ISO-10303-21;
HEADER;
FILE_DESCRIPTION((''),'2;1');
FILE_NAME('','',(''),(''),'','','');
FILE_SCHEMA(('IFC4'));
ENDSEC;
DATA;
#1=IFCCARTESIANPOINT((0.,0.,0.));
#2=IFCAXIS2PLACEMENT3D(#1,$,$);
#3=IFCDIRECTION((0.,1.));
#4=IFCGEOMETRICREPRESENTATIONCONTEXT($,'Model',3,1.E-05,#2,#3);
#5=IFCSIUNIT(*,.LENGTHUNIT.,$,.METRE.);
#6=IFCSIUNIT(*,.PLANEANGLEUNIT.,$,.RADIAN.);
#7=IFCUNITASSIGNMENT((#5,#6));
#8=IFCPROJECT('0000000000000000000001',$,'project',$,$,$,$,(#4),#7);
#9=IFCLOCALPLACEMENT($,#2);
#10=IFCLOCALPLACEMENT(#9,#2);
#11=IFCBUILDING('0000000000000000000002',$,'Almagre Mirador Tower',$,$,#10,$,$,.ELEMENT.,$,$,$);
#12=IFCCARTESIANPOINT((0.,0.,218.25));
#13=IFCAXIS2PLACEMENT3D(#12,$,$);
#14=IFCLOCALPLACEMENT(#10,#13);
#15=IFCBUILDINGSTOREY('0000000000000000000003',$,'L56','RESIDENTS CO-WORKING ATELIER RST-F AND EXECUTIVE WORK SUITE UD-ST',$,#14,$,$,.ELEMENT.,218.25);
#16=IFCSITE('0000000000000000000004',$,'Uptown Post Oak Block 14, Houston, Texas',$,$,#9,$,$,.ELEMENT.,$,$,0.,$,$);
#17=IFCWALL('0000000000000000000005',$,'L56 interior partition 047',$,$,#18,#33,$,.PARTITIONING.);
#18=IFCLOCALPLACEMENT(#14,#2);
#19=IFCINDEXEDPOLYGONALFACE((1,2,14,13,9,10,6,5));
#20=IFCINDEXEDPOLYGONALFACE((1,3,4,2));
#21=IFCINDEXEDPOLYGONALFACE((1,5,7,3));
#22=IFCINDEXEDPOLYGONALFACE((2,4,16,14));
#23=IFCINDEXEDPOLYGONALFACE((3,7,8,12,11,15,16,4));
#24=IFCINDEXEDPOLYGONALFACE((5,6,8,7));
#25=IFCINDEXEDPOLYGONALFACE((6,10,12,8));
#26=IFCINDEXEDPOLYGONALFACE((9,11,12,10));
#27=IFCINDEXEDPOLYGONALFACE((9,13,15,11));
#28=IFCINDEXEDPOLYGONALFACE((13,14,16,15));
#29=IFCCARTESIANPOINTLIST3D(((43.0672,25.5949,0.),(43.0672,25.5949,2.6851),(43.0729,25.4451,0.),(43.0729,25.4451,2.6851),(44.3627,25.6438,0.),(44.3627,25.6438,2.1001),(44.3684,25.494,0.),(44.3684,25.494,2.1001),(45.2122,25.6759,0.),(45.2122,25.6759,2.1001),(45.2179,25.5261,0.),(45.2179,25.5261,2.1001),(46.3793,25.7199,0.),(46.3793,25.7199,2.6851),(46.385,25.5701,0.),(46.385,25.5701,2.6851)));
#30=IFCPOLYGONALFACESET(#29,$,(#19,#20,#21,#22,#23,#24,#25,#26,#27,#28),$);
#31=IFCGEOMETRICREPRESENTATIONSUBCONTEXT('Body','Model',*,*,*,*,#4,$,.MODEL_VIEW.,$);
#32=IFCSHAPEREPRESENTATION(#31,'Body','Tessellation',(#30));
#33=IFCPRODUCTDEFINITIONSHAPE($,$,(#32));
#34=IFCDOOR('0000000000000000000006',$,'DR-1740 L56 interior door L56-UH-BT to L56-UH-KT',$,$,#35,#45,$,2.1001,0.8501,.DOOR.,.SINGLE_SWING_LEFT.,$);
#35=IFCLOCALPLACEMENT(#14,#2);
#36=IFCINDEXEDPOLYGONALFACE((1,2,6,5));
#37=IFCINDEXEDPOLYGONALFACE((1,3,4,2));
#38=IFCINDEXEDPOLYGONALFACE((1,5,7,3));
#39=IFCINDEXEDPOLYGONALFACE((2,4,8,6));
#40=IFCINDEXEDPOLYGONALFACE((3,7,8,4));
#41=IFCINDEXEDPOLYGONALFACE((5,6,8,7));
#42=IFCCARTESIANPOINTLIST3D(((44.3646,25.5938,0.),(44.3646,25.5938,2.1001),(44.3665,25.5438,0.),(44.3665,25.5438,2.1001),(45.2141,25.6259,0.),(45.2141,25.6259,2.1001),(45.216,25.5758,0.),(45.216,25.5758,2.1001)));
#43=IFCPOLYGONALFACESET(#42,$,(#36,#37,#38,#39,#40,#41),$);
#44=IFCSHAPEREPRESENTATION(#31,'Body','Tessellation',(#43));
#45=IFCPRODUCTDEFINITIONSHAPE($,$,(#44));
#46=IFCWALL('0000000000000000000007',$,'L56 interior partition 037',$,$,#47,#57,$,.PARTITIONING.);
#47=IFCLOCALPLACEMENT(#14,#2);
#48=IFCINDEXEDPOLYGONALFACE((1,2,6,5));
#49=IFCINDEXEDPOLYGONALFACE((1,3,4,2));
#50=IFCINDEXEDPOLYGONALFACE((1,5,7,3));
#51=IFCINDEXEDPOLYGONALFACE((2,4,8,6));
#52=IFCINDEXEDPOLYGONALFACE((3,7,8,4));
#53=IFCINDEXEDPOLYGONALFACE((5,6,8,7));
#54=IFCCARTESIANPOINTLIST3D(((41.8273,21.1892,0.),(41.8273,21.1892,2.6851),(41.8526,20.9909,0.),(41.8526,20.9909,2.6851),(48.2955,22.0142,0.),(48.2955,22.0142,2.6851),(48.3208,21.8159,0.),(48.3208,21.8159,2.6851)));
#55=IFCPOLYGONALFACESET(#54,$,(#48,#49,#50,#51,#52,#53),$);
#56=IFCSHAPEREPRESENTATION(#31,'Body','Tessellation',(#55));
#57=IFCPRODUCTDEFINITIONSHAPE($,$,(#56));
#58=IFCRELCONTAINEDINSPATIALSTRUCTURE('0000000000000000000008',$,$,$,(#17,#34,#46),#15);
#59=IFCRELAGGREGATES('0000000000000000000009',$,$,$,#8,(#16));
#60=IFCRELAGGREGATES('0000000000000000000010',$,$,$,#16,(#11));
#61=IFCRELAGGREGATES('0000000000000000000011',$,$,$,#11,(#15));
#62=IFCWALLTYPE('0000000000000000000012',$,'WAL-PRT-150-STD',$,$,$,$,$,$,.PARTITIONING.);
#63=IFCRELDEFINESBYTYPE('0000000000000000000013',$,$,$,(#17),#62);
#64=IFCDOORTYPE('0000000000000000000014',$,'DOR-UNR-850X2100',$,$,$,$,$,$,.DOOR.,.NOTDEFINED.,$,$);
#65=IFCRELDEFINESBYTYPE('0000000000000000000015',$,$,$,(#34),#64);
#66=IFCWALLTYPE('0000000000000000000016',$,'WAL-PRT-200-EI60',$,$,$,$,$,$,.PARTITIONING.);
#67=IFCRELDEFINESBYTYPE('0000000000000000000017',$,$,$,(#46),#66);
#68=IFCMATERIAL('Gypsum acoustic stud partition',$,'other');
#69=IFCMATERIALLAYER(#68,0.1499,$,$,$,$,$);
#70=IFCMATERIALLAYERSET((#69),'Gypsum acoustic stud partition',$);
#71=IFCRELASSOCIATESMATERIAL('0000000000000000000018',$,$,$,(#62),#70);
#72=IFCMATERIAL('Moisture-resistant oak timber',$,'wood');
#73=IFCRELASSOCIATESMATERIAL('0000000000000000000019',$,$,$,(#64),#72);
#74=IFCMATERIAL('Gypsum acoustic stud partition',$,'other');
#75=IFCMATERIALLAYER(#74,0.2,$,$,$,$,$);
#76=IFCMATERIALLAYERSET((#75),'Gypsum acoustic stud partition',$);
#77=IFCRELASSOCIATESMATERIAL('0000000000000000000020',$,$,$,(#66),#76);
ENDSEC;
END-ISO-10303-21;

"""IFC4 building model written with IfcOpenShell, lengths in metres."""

from ifc_helpers import new_model, si_unit, direction, frame, frame_2d, origin, place, context, subcontext, project, spatial, rectangle, extrude, material, layer, layer_set, type_object, element, fill, save


model = new_model("IFC4")

# Units and contexts
model_context = context("Model", 3, precision=1e-05, world=origin(), true_north=direction((0.0, 1.0)))
body_context = subcontext(model_context, "Body", "Model", "MODEL_VIEW")
ifc_project = project(units=[si_unit("LENGTHUNIT", "METRE"), si_unit("PLANEANGLEUNIT", "RADIAN")], contexts=[model_context])

# Site, building, storey
site_placement = place(None, origin())
site = spatial("IfcSite", under=ifc_project, at=site_placement, Name="Uptown Post Oak Block 14, Houston, Texas", CompositionType="ELEMENT", RefElevation=0.0)
building_placement = place(site_placement, origin())
building = spatial("IfcBuilding", under=site, at=building_placement, Name="Almagre Mirador Tower", CompositionType="ELEMENT")
storey_placement = place(building_placement, frame((0.0, 0.0, 218.25)))
storey = spatial("IfcBuildingStorey", under=building, at=storey_placement, Name="L56", Description="RESIDENTS CO-WORKING ATELIER RST-F AND EXECUTIVE WORK SUITE UD-ST", CompositionType="ELEMENT", Elevation=218.25)

# Wall, opening, door
ifc_material_1 = material(Name="Gypsum acoustic stud partition", Category="other")
ifc_layer_1 = layer(ifc_material_1, 0.1499)
ifc_layer_set_1 = layer_set([ifc_layer_1], Name="Gypsum acoustic stud partition")
wall_type_1 = type_object("IfcWallType", Name="WAL-PRT-150-STD", PredefinedType="PARTITIONING", material=ifc_layer_set_1)
wall_1_placement = place(storey_placement, frame((43.0701, 25.52, 0.0), z_axis=(0.0, 0.0, 1.0), x_axis=(0.999289, 0.037715, 0.0)))
wall_1 = element("IfcWall", 1, at=wall_1_placement, inside=storey, type_object=wall_type_1, Name="L56 interior partition 047", PredefinedType="PARTITIONING", context=body_context, shape_type="SweptSolid", body=[
    extrude(rectangle(XDim=3.3145, YDim=0.1499, at=frame_2d((1.6572, 0.0))), origin(), (0.0, 0.0, 1.0), 2.6851),
])
opening_1_placement = place(wall_1_placement, frame((1.2964, 0.0, 0.0)))
opening_1 = element("IfcOpeningElement", 2, at=opening_1_placement, cuts=wall_1, PredefinedType="OPENING", context=body_context, shape_type="SweptSolid", body=[
    extrude(rectangle(XDim=0.8501, YDim=2.1001, at=frame_2d((0.425, 1.05))), frame((0.0, 0.085, 0.0), z_axis=(0.0, -1.0, 0.0), x_axis=(1.0, 0.0, 0.0)), (0.0, 0.0, 1.0), 0.1699),
])
ifc_material_2 = material(Name="Moisture-resistant oak timber", Category="wood")
door_type = type_object("IfcDoorType", Name="DOR-UNR-850X2100", OperationType="NOTDEFINED", PredefinedType="DOOR", material=ifc_material_2)
door_placement = place(opening_1_placement, origin())
door = element("IfcDoor", 3, at=door_placement, inside=storey, type_object=door_type, Name="DR-1740 L56 interior door L56-UH-BT to L56-UH-KT", OperationType="SINGLE_SWING_LEFT", OverallHeight=2.1001, OverallWidth=0.8501, PredefinedType="DOOR", context=body_context, shape_type="SweptSolid", body=[
    extrude(rectangle(XDim=0.8501, YDim=2.1001, at=frame_2d((0.425, 1.05))), frame((0.0, 0.0249, 0.0), z_axis=(0.0, -1.0, 0.0), x_axis=(1.0, 0.0, 0.0)), (0.0, 0.0, 1.0), 0.05),
])
fill(opening_1, door)

# Wall
ifc_material_3 = material(Name="Gypsum acoustic stud partition", Category="other")
ifc_layer_2 = layer(ifc_material_3, 0.2)
ifc_layer_set_2 = layer_set([ifc_layer_2], Name="Gypsum acoustic stud partition")
wall_type_2 = type_object("IfcWallType", Name="WAL-PRT-200-EI60", PredefinedType="PARTITIONING", material=ifc_layer_set_2)
wall_2_placement = place(storey_placement, frame((48.3081, 21.915, 0.0), z_axis=(0.0, 0.0, 1.0), x_axis=(-0.991964, -0.126518, 0.0)))
element("IfcWall", 4, at=wall_2_placement, inside=storey, type_object=wall_type_2, Name="L56 interior partition 037", PredefinedType="PARTITIONING", context=body_context, shape_type="SweptSolid", body=[
    extrude(rectangle(XDim=6.5205, YDim=0.2, at=frame_2d((3.2603, 0.0))), origin(), (0.0, 0.0, 1.0), 2.6851),
])

save(model, "model.ifc")
